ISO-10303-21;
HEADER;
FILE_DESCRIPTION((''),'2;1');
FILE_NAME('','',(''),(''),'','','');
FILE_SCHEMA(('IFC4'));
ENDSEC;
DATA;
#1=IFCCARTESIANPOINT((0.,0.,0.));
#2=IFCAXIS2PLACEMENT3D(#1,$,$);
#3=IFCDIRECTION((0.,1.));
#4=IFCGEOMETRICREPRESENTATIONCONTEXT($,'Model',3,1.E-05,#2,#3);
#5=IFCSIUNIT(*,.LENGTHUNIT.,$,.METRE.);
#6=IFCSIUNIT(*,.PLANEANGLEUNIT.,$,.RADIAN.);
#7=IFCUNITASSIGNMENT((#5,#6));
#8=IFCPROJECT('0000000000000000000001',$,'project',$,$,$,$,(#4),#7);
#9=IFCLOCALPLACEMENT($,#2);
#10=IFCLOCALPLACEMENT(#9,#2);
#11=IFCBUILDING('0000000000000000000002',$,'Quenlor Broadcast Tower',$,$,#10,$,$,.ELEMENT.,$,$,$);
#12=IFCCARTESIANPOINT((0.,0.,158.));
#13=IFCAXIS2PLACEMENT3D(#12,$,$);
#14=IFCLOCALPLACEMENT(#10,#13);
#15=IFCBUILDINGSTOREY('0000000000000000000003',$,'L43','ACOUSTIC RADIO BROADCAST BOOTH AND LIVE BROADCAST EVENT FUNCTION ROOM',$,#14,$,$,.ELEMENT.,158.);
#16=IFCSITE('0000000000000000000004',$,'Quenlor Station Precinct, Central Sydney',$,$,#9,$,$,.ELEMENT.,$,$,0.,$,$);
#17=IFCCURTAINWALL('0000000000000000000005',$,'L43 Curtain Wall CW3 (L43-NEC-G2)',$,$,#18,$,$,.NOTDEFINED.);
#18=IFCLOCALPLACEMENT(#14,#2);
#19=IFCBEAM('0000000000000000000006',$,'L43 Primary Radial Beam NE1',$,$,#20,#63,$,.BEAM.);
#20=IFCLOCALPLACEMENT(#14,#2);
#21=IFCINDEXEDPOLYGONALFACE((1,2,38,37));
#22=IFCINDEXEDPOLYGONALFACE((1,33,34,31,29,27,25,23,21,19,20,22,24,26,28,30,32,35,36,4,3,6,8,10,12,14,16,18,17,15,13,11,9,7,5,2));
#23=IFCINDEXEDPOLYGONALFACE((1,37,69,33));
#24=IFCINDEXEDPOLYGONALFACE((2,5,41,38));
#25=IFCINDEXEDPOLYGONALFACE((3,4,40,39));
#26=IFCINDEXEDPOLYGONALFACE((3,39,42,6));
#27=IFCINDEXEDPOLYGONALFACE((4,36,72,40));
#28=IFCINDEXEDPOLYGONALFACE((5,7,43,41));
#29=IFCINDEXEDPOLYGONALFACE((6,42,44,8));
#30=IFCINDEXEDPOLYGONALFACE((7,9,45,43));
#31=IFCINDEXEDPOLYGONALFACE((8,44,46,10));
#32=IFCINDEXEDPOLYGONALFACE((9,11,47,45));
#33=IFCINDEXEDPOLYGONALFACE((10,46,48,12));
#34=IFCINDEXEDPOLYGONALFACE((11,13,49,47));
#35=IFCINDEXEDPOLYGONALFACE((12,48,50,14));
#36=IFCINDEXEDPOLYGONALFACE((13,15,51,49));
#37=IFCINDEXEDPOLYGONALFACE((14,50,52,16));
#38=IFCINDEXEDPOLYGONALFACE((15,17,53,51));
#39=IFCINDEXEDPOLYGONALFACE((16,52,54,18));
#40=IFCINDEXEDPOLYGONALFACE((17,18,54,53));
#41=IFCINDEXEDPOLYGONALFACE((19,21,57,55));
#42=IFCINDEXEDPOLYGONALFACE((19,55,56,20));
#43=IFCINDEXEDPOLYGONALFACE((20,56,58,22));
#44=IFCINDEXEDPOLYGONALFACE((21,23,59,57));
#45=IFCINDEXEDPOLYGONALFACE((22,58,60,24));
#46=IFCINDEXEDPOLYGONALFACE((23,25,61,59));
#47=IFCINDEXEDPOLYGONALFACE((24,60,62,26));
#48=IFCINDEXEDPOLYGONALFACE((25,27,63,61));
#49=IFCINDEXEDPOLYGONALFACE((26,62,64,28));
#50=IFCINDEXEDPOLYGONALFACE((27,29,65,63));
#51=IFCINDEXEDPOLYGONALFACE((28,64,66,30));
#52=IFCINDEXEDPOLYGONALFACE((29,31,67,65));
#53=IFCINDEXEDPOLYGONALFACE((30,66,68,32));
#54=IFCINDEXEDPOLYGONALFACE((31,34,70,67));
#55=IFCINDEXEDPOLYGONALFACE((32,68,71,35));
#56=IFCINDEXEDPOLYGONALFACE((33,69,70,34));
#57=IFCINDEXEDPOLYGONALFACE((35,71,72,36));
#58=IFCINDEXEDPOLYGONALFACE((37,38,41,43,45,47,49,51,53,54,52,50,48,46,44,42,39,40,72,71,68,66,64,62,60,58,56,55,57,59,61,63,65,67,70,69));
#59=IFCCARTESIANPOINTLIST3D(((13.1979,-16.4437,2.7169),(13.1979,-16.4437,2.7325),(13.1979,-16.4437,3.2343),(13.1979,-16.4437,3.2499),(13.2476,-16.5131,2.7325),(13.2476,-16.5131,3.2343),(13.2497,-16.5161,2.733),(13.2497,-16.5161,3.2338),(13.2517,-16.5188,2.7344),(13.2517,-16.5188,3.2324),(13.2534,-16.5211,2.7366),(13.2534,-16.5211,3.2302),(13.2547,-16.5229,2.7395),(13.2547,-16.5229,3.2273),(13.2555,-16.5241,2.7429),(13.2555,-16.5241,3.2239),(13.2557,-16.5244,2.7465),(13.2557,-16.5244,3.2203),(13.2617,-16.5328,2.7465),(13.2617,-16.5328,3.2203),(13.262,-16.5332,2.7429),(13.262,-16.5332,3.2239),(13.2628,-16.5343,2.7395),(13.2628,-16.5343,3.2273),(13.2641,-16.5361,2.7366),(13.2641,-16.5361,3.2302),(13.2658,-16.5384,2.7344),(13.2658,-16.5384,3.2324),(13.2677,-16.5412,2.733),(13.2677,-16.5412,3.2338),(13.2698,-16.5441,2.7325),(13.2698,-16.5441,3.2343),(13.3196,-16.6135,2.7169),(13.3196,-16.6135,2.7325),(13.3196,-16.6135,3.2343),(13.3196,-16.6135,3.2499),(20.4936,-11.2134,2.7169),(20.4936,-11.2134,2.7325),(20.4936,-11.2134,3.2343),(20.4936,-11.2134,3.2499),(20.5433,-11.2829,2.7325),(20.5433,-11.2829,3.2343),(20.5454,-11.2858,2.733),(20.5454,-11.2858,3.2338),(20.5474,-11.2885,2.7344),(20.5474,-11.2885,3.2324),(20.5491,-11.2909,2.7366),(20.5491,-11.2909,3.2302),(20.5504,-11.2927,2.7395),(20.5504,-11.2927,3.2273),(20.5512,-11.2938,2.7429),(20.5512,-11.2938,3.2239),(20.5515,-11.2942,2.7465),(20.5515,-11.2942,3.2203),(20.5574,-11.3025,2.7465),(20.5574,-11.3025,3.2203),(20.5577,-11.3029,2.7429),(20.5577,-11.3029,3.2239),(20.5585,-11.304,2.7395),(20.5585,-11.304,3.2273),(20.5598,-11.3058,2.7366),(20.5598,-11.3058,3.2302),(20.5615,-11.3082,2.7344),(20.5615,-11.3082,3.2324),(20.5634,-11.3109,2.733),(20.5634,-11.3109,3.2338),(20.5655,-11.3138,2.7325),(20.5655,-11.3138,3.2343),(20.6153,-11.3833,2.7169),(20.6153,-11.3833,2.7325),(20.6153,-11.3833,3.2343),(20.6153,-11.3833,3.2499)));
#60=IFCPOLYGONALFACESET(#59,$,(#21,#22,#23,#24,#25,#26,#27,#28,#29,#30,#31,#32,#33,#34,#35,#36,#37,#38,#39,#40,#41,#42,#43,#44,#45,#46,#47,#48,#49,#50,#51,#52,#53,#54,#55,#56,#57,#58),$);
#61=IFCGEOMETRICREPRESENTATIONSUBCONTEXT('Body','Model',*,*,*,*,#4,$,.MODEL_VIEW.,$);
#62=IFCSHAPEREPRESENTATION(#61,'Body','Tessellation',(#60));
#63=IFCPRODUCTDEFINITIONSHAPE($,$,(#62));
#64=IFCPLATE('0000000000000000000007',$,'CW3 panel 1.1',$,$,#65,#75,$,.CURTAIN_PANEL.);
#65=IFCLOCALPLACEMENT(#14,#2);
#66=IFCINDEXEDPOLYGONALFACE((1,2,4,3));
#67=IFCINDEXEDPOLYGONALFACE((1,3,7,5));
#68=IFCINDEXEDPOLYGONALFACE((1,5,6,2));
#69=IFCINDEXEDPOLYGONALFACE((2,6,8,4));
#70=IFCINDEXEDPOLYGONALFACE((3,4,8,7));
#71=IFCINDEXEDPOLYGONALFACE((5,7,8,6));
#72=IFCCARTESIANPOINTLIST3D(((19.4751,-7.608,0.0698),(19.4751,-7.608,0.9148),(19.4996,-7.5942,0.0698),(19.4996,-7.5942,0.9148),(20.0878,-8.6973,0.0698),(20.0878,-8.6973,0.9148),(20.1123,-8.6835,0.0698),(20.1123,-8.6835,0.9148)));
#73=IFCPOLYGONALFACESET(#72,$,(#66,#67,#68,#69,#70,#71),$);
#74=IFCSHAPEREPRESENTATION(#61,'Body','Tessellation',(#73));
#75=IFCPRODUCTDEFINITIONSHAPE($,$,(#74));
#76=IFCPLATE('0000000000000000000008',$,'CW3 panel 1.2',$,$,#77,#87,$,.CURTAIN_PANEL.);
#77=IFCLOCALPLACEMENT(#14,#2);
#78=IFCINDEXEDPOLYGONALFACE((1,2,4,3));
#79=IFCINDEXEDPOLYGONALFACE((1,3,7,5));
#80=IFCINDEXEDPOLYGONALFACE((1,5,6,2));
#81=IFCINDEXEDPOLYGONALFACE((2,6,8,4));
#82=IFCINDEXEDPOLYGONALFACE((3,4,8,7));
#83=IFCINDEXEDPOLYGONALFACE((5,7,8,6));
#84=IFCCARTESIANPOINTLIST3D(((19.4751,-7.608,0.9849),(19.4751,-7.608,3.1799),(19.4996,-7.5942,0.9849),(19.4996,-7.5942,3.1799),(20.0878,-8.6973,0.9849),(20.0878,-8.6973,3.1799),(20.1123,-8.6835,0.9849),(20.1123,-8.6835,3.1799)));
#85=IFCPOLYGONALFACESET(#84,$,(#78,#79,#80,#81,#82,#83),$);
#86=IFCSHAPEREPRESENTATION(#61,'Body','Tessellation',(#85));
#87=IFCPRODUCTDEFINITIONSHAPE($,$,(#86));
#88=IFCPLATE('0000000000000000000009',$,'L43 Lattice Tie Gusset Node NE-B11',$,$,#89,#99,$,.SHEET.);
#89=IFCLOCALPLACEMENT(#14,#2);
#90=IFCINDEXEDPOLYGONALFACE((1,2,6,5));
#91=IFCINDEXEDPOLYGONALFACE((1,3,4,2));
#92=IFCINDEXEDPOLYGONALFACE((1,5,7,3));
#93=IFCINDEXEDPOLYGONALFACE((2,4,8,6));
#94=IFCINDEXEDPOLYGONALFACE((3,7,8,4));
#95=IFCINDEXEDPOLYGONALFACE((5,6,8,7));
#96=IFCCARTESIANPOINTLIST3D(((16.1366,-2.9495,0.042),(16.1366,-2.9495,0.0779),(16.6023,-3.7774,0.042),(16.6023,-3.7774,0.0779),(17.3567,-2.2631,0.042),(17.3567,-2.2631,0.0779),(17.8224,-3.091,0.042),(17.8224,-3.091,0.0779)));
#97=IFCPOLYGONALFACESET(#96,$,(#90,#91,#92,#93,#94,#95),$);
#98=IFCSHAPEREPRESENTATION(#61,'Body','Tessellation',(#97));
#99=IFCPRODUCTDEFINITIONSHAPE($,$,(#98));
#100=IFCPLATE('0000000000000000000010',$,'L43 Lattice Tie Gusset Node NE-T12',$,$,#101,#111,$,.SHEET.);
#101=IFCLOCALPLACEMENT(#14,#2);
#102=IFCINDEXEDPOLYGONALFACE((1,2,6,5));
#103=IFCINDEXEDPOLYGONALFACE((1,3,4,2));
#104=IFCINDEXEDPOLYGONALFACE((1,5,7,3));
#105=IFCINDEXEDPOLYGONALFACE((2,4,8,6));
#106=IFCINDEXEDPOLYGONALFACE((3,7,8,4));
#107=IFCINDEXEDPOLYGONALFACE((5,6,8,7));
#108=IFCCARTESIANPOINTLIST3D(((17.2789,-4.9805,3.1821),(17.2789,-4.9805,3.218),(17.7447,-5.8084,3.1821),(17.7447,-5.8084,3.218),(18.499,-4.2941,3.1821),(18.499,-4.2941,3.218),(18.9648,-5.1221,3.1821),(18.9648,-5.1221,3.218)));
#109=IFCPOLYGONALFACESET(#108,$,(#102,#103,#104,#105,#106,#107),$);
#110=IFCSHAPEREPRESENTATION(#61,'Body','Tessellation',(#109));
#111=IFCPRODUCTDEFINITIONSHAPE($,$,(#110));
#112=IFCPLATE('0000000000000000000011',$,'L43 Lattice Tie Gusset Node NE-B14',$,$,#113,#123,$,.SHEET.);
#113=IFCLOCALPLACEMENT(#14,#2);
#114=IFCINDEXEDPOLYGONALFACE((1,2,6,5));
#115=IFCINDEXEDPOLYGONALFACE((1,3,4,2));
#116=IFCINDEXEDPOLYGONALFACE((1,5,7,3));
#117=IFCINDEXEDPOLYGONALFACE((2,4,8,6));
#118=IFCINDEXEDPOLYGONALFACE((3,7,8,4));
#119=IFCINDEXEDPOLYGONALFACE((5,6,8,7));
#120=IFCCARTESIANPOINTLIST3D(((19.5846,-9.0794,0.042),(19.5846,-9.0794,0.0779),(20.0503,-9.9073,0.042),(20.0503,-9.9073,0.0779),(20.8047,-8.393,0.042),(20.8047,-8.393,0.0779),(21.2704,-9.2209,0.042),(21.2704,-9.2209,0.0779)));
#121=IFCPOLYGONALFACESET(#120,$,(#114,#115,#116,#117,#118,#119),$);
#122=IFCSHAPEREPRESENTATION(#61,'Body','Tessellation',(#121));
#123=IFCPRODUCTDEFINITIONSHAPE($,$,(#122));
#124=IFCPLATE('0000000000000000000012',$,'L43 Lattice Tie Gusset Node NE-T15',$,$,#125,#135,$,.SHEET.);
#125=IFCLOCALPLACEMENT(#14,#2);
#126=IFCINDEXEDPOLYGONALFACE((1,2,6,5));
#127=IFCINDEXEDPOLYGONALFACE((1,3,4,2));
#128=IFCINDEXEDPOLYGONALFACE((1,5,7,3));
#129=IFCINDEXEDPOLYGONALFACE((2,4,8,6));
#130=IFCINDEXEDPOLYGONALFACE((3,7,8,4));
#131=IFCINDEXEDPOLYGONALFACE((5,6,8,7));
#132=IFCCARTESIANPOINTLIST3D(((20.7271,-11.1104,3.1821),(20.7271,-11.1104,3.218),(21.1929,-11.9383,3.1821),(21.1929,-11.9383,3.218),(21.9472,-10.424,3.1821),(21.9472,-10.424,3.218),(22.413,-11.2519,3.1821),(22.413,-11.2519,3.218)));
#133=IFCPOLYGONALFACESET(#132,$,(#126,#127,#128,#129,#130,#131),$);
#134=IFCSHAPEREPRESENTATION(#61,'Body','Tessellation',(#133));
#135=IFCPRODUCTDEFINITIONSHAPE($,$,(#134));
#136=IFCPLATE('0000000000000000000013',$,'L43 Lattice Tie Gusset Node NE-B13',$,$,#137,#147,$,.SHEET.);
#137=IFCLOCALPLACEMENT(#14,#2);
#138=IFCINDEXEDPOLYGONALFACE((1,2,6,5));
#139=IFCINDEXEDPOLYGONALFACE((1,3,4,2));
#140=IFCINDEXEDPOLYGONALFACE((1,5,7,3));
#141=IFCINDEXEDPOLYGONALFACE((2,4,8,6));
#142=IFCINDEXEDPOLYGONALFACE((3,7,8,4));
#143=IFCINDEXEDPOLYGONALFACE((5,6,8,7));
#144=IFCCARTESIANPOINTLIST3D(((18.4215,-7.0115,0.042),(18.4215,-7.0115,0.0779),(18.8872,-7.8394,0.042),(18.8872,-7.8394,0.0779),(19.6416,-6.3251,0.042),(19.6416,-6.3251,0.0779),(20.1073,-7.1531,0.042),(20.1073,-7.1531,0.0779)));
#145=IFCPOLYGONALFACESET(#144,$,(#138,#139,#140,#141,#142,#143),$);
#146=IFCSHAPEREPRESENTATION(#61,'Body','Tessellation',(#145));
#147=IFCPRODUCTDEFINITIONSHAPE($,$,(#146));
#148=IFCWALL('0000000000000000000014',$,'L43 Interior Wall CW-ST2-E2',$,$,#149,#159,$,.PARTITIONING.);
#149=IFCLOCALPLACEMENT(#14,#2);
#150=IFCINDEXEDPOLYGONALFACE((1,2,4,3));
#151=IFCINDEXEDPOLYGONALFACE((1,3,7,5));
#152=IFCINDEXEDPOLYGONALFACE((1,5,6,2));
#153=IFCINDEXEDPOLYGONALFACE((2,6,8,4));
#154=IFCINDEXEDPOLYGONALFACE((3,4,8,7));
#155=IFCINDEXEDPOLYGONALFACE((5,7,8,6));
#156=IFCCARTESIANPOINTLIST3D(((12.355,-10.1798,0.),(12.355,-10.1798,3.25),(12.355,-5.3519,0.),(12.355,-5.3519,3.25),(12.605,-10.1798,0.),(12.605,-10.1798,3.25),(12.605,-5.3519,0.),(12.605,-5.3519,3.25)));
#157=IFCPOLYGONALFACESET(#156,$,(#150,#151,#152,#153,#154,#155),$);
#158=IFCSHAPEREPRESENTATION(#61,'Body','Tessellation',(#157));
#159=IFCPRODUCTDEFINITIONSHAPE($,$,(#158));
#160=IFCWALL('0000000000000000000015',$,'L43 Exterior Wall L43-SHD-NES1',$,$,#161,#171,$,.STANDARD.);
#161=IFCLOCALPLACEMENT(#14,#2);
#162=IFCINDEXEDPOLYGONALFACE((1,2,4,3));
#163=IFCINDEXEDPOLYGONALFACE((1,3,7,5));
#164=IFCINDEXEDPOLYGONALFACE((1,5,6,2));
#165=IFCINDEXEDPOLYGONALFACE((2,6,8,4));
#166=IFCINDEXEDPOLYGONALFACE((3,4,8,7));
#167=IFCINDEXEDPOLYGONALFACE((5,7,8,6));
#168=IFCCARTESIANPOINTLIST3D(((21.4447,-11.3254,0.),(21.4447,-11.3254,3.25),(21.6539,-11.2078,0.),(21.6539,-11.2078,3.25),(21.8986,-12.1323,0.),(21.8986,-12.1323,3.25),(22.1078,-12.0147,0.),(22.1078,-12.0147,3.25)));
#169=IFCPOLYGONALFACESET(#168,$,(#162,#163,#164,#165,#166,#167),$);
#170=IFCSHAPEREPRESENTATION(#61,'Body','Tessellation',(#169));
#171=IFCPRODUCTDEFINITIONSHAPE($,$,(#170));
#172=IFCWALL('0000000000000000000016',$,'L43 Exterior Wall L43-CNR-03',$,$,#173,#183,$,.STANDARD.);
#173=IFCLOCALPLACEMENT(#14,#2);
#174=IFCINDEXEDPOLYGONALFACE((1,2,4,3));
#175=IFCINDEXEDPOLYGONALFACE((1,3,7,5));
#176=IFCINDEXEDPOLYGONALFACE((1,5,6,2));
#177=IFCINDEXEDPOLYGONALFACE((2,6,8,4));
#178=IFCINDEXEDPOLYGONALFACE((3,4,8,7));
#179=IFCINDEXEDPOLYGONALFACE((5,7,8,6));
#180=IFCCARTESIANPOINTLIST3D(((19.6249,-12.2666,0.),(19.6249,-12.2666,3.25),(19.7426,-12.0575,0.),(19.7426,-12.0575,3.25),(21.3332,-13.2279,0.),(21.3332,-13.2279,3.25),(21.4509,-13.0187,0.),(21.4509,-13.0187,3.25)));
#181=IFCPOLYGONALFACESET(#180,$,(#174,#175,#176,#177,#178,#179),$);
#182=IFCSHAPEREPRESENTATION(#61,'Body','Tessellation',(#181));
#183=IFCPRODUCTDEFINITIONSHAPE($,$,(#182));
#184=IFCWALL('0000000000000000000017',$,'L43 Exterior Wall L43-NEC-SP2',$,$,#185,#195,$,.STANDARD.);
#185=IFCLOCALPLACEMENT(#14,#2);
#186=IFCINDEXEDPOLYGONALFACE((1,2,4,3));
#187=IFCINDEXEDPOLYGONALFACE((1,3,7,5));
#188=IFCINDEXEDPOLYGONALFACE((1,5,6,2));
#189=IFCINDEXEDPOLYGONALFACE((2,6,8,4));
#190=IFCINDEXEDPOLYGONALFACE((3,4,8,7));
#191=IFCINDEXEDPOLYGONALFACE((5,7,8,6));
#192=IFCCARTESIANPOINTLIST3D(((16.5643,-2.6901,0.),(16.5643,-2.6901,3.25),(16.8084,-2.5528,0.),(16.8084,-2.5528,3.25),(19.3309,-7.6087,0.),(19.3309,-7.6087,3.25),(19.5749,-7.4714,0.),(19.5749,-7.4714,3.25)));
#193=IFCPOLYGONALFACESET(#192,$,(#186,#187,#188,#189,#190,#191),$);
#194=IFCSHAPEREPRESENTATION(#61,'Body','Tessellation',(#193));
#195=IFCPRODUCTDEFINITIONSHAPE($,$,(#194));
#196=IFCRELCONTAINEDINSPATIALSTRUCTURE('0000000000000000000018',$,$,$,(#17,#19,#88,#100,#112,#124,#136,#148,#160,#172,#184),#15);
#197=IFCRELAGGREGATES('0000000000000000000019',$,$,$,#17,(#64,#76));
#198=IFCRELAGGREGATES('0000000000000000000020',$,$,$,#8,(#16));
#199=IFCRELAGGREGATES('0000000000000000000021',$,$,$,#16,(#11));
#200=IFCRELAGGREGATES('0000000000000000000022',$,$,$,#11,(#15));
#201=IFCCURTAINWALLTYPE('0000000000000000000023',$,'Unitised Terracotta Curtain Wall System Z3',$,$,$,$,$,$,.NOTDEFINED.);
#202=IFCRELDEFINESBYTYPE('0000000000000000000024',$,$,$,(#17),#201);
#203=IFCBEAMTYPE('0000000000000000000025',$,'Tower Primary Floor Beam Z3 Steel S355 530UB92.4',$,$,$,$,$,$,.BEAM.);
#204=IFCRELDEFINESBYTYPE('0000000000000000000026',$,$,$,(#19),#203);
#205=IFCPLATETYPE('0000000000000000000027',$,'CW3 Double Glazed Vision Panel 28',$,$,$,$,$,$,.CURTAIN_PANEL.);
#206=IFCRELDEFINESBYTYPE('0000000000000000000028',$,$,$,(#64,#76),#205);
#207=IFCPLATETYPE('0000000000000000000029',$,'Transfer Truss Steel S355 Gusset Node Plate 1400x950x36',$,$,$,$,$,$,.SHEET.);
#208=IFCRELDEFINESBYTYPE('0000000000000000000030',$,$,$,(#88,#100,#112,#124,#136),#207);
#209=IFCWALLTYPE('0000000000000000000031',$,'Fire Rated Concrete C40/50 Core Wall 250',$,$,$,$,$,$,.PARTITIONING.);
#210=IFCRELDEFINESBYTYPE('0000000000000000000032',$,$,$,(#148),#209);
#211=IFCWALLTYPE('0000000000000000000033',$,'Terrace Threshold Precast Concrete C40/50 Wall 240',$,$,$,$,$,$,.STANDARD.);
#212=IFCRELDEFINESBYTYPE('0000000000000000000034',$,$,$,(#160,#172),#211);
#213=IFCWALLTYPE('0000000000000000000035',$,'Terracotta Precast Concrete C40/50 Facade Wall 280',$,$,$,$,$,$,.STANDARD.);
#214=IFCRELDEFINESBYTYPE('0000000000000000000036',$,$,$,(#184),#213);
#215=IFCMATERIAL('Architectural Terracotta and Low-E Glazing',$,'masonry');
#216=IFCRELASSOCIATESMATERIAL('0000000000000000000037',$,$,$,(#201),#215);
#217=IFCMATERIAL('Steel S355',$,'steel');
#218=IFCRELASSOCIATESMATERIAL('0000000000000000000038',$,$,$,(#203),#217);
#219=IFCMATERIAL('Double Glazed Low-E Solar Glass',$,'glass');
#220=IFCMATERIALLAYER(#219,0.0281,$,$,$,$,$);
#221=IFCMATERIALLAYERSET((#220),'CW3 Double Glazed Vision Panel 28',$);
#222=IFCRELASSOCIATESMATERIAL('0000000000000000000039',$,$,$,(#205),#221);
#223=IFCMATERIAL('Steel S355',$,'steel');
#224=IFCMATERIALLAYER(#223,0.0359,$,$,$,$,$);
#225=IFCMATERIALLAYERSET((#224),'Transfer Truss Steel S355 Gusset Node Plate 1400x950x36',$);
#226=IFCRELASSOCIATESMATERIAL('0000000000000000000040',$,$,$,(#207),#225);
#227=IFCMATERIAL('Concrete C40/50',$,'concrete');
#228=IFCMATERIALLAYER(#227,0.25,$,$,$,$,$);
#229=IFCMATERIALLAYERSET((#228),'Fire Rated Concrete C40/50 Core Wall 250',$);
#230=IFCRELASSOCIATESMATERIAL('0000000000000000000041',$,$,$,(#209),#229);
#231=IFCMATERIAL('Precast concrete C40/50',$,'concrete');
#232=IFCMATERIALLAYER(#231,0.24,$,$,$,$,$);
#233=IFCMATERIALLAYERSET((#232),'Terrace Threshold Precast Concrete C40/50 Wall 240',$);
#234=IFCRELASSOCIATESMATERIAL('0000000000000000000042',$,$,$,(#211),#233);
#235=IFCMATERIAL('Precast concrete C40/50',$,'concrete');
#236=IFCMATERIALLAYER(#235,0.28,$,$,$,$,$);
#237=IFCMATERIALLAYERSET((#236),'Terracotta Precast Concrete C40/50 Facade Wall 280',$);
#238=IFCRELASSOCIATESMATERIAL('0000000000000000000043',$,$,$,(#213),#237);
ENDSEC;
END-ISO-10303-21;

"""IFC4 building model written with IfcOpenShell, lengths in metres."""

from ifc_helpers import new_model, si_unit, direction, frame, frame_2d, origin, origin_2d, place, context, subcontext, project, spatial, rectangle, i_section, extrude, material, layer, layer_set, material_profile, profile_set, type_object, element, aggregate, save


model = new_model("IFC4")

# Units and contexts
model_context = context("Model", 3, precision=1e-05, world=origin(), true_north=direction((0.0, 1.0)))
body_context = subcontext(model_context, "Body", "Model", "MODEL_VIEW")
ifc_project = project(units=[si_unit("LENGTHUNIT", "METRE"), si_unit("PLANEANGLEUNIT", "RADIAN")], contexts=[model_context])

# Site, building, storey
site_placement = place(None, origin())
site = spatial("IfcSite", under=ifc_project, at=site_placement, Name="Quenlor Station Precinct, Central Sydney", CompositionType="ELEMENT", RefElevation=0.0)
building_placement = place(site_placement, origin())
building = spatial("IfcBuilding", under=site, at=building_placement, Name="Quenlor Broadcast Tower", CompositionType="ELEMENT")
storey_placement = place(building_placement, frame((0.0, 0.0, 158.0)))
storey = spatial("IfcBuildingStorey", under=building, at=storey_placement, Name="L43", Description="ACOUSTIC RADIO BROADCAST BOOTH AND LIVE BROADCAST EVENT FUNCTION ROOM", CompositionType="ELEMENT", Elevation=158.0)

# Shared definitions
ifc_material_1 = material(Name="Architectural Terracotta and Low-E Glazing", Category="masonry")
curtain_wall_type = type_object("IfcCurtainWallType", Name="Unitised Terracotta Curtain Wall System Z3", PredefinedType="NOTDEFINED", material=ifc_material_1)

# Curtain wall
curtain_wall_1_placement = place(storey_placement, origin())
curtain_wall_1 = element("IfcCurtainWall", 1, at=curtain_wall_1_placement, inside=storey, type_object=curtain_wall_type, Name="L43 Curtain Wall CW3 (L43-NEC-G2)", PredefinedType="NOTDEFINED")

# Beam
ifc_material_2 = material(Name="Steel S355", Category="steel")
ifc_material_profile_1 = material_profile(ifc_material_2, i_section(OverallWidth=0.209, OverallDepth=0.533, WebThickness=0.0103, FlangeThickness=0.0156, FilletRadius=0.0139, at=origin_2d()))
ifc_profile_set_1 = profile_set([ifc_material_profile_1], Name="Steel S355 530UB92.4")
beam_type_1 = type_object("IfcBeamType", Name="Tower Primary Floor Beam Z3 Steel S355 530UB92.4", PredefinedType="BEAM", material=ifc_profile_set_1)
beam_1_placement = place(storey_placement, frame((20.5544, -11.2983, 2.9834), z_axis=(-0.812729, -0.582642, 0.0), x_axis=(0.582642, -0.812729, 0.0)))
element("IfcBeam", 2, at=beam_1_placement, inside=storey, type_object=beam_type_1, Name="L43 Primary Radial Beam NE1", PredefinedType="BEAM", context=body_context, shape_type="SweptSolid", body=[
    extrude(i_section(OverallWidth=0.209, OverallDepth=0.533, WebThickness=0.0103, FlangeThickness=0.0156, FilletRadius=0.0139, at=origin_2d()), origin(), (0.0, 0.0, 1.0), 8.9768),
])

# Plates
ifc_material_3 = material(Name="Double Glazed Low-E Solar Glass", Category="glass")
ifc_layer_1 = layer(ifc_material_3, 0.0281)
ifc_layer_set_1 = layer_set([ifc_layer_1], Name="CW3 Double Glazed Vision Panel 28")
plate_type_1 = type_object("IfcPlateType", Name="CW3 Double Glazed Vision Panel 28", PredefinedType="CURTAIN_PANEL", material=ifc_layer_set_1)
plate_1_placement = place(storey_placement, frame((19.7937, -8.1458, 0.0698), z_axis=(0.0, 0.0, 1.0), x_axis=(0.490261, -0.871576, 0.0)))
plate_1 = element("IfcPlate", 3, at=plate_1_placement, type_object=plate_type_1, Name="CW3 panel 1.1", PredefinedType="CURTAIN_PANEL", context=body_context, shape_type="SweptSolid", body=[
    extrude(rectangle(XDim=1.2498, YDim=0.0281, at=origin_2d()), origin(), (0.0, 0.0, 1.0), 0.845),
])
plate_2_placement = place(storey_placement, frame((19.7937, -8.1458, 0.9849), z_axis=(0.0, 0.0, 1.0), x_axis=(0.490261, -0.871576, 0.0)))
plate_2 = element("IfcPlate", 4, at=plate_2_placement, type_object=plate_type_1, Name="CW3 panel 1.2", PredefinedType="CURTAIN_PANEL", context=body_context, shape_type="SweptSolid", body=[
    extrude(rectangle(XDim=1.2498, YDim=0.0281, at=origin_2d()), origin(), (0.0, 0.0, 1.0), 2.1951),
])
aggregate(curtain_wall_1, [plate_1, plate_2])

# Plates
ifc_material_4 = material(Name="Steel S355", Category="steel")
ifc_layer_2 = layer(ifc_material_4, 0.0359)
ifc_layer_set_2 = layer_set([ifc_layer_2], Name="Transfer Truss Steel S355 Gusset Node Plate 1400x950x36")
plate_type_2 = type_object("IfcPlateType", Name="Transfer Truss Steel S355 Gusset Node Plate 1400x950x36", PredefinedType="SHEET", material=ifc_layer_set_2)
for number, where, z_axis, x_axis, name in (
    (5, (16.9795, -3.0203, 0.042), (0.0, 0.0, 1.0), (0.871556, 0.490295, 0.0), "L43 Lattice Tie Gusset Node NE-B11"),
    (6, (18.1218, -5.0513, 3.1821), (0.0, 0.0, 1.0), (0.871556, 0.490295, 0.0), "L43 Lattice Tie Gusset Node NE-T12"),
    (7, (20.4275, -9.1501, 0.042), (0.0, 0.0, 1.0), (0.871556, 0.490295, 0.0), "L43 Lattice Tie Gusset Node NE-B14"),
    (8, (21.5701, -11.1812, 3.1821), (0.0, 0.0, 1.0), (0.871556, 0.490295, 0.0), "L43 Lattice Tie Gusset Node NE-T15"),
    (9, (19.2644, -7.0823, 0.042), (0.0, 0.0, 1.0), (0.871556, 0.490295, 0.0), "L43 Lattice Tie Gusset Node NE-B13"),
):
    element("IfcPlate", number, at=place(storey_placement, frame(where, z_axis=z_axis, x_axis=x_axis)), inside=storey, type_object=plate_type_2, Name=name, PredefinedType="SHEET", context=body_context, shape_type="SweptSolid", body=[
        extrude(rectangle(XDim=1.3999, YDim=0.95, at=origin_2d()), origin(), (0.0, 0.0, 1.0), 0.0359),
    ])

# Wall
ifc_material_5 = material(Name="Concrete C40/50", Category="concrete")
ifc_layer_3 = layer(ifc_material_5, 0.25)
ifc_layer_set_3 = layer_set([ifc_layer_3], Name="Fire Rated Concrete C40/50 Core Wall 250")
wall_type_1 = type_object("IfcWallType", Name="Fire Rated Concrete C40/50 Core Wall 250", PredefinedType="PARTITIONING", material=ifc_layer_set_3)
wall_1_placement = place(storey_placement, frame((12.48, -10.1799, 0.0), z_axis=(0.0, 0.0, 1.0), x_axis=(0.0, 1.0, 0.0)))
element("IfcWall", 10, at=wall_1_placement, inside=storey, type_object=wall_type_1, Name="L43 Interior Wall CW-ST2-E2", PredefinedType="PARTITIONING", context=body_context, shape_type="SweptSolid", body=[
    extrude(rectangle(XDim=4.8279, YDim=0.25, at=frame_2d((2.4141, 0.0))), origin(), (0.0, 0.0, 1.0), 3.25),
])

# Walls
ifc_material_6 = material(Name="Precast concrete C40/50", Category="concrete")
ifc_layer_4 = layer(ifc_material_6, 0.24)
ifc_layer_set_4 = layer_set([ifc_layer_4], Name="Terrace Threshold Precast Concrete C40/50 Wall 240")
wall_type_2 = type_object("IfcWallType", Name="Terrace Threshold Precast Concrete C40/50 Wall 240", PredefinedType="STANDARD", material=ifc_layer_set_4)
wall_2_placement = place(storey_placement, frame((21.5493, -11.2666, 0.0), z_axis=(0.0, 0.0, 1.0), x_axis=(0.490249, -0.871583, 0.0)))
element("IfcWall", 11, at=wall_2_placement, inside=storey, type_object=wall_type_2, Name="L43 Exterior Wall L43-SHD-NES1", PredefinedType="STANDARD", context=body_context, shape_type="SweptSolid", body=[
    extrude(rectangle(XDim=0.9258, YDim=0.24, at=frame_2d((0.4629, 0.0))), origin(), (0.0, 0.0, 1.0), 3.25),
])
wall_3_placement = place(storey_placement, frame((19.6838, -12.1621, 0.0), z_axis=(0.0, 0.0, 1.0), x_axis=(0.871512, -0.490374, 0.0)))
element("IfcWall", 12, at=wall_3_placement, inside=storey, type_object=wall_type_2, Name="L43 Exterior Wall L43-CNR-03", PredefinedType="STANDARD", context=body_context, shape_type="SweptSolid", body=[
    extrude(rectangle(XDim=1.9602, YDim=0.24, at=frame_2d((0.98, 0.0))), origin(), (0.0, 0.0, 1.0), 3.25),
])
ifc_material_7 = material(Name="Precast concrete C40/50", Category="concrete")
ifc_layer_5 = layer(ifc_material_7, 0.28)
ifc_layer_set_5 = layer_set([ifc_layer_5], Name="Terracotta Precast Concrete C40/50 Facade Wall 280")
wall_type_3 = type_object("IfcWallType", Name="Terracotta Precast Concrete C40/50 Facade Wall 280", PredefinedType="STANDARD", material=ifc_layer_set_5)
wall_4_placement = place(storey_placement, frame((16.6863, -2.6213, 0.0), z_axis=(0.0, 0.0, 1.0), x_axis=(0.490239, -0.871588, 0.0)))
element("IfcWall", 13, at=wall_4_placement, inside=storey, type_object=wall_type_3, Name="L43 Exterior Wall L43-NEC-SP2", PredefinedType="STANDARD", context=body_context, shape_type="SweptSolid", body=[
    extrude(rectangle(XDim=5.6433, YDim=0.28, at=frame_2d((2.8218, 0.0))), origin(), (0.0, 0.0, 1.0), 3.25),
])

save(model, "model.ifc")
